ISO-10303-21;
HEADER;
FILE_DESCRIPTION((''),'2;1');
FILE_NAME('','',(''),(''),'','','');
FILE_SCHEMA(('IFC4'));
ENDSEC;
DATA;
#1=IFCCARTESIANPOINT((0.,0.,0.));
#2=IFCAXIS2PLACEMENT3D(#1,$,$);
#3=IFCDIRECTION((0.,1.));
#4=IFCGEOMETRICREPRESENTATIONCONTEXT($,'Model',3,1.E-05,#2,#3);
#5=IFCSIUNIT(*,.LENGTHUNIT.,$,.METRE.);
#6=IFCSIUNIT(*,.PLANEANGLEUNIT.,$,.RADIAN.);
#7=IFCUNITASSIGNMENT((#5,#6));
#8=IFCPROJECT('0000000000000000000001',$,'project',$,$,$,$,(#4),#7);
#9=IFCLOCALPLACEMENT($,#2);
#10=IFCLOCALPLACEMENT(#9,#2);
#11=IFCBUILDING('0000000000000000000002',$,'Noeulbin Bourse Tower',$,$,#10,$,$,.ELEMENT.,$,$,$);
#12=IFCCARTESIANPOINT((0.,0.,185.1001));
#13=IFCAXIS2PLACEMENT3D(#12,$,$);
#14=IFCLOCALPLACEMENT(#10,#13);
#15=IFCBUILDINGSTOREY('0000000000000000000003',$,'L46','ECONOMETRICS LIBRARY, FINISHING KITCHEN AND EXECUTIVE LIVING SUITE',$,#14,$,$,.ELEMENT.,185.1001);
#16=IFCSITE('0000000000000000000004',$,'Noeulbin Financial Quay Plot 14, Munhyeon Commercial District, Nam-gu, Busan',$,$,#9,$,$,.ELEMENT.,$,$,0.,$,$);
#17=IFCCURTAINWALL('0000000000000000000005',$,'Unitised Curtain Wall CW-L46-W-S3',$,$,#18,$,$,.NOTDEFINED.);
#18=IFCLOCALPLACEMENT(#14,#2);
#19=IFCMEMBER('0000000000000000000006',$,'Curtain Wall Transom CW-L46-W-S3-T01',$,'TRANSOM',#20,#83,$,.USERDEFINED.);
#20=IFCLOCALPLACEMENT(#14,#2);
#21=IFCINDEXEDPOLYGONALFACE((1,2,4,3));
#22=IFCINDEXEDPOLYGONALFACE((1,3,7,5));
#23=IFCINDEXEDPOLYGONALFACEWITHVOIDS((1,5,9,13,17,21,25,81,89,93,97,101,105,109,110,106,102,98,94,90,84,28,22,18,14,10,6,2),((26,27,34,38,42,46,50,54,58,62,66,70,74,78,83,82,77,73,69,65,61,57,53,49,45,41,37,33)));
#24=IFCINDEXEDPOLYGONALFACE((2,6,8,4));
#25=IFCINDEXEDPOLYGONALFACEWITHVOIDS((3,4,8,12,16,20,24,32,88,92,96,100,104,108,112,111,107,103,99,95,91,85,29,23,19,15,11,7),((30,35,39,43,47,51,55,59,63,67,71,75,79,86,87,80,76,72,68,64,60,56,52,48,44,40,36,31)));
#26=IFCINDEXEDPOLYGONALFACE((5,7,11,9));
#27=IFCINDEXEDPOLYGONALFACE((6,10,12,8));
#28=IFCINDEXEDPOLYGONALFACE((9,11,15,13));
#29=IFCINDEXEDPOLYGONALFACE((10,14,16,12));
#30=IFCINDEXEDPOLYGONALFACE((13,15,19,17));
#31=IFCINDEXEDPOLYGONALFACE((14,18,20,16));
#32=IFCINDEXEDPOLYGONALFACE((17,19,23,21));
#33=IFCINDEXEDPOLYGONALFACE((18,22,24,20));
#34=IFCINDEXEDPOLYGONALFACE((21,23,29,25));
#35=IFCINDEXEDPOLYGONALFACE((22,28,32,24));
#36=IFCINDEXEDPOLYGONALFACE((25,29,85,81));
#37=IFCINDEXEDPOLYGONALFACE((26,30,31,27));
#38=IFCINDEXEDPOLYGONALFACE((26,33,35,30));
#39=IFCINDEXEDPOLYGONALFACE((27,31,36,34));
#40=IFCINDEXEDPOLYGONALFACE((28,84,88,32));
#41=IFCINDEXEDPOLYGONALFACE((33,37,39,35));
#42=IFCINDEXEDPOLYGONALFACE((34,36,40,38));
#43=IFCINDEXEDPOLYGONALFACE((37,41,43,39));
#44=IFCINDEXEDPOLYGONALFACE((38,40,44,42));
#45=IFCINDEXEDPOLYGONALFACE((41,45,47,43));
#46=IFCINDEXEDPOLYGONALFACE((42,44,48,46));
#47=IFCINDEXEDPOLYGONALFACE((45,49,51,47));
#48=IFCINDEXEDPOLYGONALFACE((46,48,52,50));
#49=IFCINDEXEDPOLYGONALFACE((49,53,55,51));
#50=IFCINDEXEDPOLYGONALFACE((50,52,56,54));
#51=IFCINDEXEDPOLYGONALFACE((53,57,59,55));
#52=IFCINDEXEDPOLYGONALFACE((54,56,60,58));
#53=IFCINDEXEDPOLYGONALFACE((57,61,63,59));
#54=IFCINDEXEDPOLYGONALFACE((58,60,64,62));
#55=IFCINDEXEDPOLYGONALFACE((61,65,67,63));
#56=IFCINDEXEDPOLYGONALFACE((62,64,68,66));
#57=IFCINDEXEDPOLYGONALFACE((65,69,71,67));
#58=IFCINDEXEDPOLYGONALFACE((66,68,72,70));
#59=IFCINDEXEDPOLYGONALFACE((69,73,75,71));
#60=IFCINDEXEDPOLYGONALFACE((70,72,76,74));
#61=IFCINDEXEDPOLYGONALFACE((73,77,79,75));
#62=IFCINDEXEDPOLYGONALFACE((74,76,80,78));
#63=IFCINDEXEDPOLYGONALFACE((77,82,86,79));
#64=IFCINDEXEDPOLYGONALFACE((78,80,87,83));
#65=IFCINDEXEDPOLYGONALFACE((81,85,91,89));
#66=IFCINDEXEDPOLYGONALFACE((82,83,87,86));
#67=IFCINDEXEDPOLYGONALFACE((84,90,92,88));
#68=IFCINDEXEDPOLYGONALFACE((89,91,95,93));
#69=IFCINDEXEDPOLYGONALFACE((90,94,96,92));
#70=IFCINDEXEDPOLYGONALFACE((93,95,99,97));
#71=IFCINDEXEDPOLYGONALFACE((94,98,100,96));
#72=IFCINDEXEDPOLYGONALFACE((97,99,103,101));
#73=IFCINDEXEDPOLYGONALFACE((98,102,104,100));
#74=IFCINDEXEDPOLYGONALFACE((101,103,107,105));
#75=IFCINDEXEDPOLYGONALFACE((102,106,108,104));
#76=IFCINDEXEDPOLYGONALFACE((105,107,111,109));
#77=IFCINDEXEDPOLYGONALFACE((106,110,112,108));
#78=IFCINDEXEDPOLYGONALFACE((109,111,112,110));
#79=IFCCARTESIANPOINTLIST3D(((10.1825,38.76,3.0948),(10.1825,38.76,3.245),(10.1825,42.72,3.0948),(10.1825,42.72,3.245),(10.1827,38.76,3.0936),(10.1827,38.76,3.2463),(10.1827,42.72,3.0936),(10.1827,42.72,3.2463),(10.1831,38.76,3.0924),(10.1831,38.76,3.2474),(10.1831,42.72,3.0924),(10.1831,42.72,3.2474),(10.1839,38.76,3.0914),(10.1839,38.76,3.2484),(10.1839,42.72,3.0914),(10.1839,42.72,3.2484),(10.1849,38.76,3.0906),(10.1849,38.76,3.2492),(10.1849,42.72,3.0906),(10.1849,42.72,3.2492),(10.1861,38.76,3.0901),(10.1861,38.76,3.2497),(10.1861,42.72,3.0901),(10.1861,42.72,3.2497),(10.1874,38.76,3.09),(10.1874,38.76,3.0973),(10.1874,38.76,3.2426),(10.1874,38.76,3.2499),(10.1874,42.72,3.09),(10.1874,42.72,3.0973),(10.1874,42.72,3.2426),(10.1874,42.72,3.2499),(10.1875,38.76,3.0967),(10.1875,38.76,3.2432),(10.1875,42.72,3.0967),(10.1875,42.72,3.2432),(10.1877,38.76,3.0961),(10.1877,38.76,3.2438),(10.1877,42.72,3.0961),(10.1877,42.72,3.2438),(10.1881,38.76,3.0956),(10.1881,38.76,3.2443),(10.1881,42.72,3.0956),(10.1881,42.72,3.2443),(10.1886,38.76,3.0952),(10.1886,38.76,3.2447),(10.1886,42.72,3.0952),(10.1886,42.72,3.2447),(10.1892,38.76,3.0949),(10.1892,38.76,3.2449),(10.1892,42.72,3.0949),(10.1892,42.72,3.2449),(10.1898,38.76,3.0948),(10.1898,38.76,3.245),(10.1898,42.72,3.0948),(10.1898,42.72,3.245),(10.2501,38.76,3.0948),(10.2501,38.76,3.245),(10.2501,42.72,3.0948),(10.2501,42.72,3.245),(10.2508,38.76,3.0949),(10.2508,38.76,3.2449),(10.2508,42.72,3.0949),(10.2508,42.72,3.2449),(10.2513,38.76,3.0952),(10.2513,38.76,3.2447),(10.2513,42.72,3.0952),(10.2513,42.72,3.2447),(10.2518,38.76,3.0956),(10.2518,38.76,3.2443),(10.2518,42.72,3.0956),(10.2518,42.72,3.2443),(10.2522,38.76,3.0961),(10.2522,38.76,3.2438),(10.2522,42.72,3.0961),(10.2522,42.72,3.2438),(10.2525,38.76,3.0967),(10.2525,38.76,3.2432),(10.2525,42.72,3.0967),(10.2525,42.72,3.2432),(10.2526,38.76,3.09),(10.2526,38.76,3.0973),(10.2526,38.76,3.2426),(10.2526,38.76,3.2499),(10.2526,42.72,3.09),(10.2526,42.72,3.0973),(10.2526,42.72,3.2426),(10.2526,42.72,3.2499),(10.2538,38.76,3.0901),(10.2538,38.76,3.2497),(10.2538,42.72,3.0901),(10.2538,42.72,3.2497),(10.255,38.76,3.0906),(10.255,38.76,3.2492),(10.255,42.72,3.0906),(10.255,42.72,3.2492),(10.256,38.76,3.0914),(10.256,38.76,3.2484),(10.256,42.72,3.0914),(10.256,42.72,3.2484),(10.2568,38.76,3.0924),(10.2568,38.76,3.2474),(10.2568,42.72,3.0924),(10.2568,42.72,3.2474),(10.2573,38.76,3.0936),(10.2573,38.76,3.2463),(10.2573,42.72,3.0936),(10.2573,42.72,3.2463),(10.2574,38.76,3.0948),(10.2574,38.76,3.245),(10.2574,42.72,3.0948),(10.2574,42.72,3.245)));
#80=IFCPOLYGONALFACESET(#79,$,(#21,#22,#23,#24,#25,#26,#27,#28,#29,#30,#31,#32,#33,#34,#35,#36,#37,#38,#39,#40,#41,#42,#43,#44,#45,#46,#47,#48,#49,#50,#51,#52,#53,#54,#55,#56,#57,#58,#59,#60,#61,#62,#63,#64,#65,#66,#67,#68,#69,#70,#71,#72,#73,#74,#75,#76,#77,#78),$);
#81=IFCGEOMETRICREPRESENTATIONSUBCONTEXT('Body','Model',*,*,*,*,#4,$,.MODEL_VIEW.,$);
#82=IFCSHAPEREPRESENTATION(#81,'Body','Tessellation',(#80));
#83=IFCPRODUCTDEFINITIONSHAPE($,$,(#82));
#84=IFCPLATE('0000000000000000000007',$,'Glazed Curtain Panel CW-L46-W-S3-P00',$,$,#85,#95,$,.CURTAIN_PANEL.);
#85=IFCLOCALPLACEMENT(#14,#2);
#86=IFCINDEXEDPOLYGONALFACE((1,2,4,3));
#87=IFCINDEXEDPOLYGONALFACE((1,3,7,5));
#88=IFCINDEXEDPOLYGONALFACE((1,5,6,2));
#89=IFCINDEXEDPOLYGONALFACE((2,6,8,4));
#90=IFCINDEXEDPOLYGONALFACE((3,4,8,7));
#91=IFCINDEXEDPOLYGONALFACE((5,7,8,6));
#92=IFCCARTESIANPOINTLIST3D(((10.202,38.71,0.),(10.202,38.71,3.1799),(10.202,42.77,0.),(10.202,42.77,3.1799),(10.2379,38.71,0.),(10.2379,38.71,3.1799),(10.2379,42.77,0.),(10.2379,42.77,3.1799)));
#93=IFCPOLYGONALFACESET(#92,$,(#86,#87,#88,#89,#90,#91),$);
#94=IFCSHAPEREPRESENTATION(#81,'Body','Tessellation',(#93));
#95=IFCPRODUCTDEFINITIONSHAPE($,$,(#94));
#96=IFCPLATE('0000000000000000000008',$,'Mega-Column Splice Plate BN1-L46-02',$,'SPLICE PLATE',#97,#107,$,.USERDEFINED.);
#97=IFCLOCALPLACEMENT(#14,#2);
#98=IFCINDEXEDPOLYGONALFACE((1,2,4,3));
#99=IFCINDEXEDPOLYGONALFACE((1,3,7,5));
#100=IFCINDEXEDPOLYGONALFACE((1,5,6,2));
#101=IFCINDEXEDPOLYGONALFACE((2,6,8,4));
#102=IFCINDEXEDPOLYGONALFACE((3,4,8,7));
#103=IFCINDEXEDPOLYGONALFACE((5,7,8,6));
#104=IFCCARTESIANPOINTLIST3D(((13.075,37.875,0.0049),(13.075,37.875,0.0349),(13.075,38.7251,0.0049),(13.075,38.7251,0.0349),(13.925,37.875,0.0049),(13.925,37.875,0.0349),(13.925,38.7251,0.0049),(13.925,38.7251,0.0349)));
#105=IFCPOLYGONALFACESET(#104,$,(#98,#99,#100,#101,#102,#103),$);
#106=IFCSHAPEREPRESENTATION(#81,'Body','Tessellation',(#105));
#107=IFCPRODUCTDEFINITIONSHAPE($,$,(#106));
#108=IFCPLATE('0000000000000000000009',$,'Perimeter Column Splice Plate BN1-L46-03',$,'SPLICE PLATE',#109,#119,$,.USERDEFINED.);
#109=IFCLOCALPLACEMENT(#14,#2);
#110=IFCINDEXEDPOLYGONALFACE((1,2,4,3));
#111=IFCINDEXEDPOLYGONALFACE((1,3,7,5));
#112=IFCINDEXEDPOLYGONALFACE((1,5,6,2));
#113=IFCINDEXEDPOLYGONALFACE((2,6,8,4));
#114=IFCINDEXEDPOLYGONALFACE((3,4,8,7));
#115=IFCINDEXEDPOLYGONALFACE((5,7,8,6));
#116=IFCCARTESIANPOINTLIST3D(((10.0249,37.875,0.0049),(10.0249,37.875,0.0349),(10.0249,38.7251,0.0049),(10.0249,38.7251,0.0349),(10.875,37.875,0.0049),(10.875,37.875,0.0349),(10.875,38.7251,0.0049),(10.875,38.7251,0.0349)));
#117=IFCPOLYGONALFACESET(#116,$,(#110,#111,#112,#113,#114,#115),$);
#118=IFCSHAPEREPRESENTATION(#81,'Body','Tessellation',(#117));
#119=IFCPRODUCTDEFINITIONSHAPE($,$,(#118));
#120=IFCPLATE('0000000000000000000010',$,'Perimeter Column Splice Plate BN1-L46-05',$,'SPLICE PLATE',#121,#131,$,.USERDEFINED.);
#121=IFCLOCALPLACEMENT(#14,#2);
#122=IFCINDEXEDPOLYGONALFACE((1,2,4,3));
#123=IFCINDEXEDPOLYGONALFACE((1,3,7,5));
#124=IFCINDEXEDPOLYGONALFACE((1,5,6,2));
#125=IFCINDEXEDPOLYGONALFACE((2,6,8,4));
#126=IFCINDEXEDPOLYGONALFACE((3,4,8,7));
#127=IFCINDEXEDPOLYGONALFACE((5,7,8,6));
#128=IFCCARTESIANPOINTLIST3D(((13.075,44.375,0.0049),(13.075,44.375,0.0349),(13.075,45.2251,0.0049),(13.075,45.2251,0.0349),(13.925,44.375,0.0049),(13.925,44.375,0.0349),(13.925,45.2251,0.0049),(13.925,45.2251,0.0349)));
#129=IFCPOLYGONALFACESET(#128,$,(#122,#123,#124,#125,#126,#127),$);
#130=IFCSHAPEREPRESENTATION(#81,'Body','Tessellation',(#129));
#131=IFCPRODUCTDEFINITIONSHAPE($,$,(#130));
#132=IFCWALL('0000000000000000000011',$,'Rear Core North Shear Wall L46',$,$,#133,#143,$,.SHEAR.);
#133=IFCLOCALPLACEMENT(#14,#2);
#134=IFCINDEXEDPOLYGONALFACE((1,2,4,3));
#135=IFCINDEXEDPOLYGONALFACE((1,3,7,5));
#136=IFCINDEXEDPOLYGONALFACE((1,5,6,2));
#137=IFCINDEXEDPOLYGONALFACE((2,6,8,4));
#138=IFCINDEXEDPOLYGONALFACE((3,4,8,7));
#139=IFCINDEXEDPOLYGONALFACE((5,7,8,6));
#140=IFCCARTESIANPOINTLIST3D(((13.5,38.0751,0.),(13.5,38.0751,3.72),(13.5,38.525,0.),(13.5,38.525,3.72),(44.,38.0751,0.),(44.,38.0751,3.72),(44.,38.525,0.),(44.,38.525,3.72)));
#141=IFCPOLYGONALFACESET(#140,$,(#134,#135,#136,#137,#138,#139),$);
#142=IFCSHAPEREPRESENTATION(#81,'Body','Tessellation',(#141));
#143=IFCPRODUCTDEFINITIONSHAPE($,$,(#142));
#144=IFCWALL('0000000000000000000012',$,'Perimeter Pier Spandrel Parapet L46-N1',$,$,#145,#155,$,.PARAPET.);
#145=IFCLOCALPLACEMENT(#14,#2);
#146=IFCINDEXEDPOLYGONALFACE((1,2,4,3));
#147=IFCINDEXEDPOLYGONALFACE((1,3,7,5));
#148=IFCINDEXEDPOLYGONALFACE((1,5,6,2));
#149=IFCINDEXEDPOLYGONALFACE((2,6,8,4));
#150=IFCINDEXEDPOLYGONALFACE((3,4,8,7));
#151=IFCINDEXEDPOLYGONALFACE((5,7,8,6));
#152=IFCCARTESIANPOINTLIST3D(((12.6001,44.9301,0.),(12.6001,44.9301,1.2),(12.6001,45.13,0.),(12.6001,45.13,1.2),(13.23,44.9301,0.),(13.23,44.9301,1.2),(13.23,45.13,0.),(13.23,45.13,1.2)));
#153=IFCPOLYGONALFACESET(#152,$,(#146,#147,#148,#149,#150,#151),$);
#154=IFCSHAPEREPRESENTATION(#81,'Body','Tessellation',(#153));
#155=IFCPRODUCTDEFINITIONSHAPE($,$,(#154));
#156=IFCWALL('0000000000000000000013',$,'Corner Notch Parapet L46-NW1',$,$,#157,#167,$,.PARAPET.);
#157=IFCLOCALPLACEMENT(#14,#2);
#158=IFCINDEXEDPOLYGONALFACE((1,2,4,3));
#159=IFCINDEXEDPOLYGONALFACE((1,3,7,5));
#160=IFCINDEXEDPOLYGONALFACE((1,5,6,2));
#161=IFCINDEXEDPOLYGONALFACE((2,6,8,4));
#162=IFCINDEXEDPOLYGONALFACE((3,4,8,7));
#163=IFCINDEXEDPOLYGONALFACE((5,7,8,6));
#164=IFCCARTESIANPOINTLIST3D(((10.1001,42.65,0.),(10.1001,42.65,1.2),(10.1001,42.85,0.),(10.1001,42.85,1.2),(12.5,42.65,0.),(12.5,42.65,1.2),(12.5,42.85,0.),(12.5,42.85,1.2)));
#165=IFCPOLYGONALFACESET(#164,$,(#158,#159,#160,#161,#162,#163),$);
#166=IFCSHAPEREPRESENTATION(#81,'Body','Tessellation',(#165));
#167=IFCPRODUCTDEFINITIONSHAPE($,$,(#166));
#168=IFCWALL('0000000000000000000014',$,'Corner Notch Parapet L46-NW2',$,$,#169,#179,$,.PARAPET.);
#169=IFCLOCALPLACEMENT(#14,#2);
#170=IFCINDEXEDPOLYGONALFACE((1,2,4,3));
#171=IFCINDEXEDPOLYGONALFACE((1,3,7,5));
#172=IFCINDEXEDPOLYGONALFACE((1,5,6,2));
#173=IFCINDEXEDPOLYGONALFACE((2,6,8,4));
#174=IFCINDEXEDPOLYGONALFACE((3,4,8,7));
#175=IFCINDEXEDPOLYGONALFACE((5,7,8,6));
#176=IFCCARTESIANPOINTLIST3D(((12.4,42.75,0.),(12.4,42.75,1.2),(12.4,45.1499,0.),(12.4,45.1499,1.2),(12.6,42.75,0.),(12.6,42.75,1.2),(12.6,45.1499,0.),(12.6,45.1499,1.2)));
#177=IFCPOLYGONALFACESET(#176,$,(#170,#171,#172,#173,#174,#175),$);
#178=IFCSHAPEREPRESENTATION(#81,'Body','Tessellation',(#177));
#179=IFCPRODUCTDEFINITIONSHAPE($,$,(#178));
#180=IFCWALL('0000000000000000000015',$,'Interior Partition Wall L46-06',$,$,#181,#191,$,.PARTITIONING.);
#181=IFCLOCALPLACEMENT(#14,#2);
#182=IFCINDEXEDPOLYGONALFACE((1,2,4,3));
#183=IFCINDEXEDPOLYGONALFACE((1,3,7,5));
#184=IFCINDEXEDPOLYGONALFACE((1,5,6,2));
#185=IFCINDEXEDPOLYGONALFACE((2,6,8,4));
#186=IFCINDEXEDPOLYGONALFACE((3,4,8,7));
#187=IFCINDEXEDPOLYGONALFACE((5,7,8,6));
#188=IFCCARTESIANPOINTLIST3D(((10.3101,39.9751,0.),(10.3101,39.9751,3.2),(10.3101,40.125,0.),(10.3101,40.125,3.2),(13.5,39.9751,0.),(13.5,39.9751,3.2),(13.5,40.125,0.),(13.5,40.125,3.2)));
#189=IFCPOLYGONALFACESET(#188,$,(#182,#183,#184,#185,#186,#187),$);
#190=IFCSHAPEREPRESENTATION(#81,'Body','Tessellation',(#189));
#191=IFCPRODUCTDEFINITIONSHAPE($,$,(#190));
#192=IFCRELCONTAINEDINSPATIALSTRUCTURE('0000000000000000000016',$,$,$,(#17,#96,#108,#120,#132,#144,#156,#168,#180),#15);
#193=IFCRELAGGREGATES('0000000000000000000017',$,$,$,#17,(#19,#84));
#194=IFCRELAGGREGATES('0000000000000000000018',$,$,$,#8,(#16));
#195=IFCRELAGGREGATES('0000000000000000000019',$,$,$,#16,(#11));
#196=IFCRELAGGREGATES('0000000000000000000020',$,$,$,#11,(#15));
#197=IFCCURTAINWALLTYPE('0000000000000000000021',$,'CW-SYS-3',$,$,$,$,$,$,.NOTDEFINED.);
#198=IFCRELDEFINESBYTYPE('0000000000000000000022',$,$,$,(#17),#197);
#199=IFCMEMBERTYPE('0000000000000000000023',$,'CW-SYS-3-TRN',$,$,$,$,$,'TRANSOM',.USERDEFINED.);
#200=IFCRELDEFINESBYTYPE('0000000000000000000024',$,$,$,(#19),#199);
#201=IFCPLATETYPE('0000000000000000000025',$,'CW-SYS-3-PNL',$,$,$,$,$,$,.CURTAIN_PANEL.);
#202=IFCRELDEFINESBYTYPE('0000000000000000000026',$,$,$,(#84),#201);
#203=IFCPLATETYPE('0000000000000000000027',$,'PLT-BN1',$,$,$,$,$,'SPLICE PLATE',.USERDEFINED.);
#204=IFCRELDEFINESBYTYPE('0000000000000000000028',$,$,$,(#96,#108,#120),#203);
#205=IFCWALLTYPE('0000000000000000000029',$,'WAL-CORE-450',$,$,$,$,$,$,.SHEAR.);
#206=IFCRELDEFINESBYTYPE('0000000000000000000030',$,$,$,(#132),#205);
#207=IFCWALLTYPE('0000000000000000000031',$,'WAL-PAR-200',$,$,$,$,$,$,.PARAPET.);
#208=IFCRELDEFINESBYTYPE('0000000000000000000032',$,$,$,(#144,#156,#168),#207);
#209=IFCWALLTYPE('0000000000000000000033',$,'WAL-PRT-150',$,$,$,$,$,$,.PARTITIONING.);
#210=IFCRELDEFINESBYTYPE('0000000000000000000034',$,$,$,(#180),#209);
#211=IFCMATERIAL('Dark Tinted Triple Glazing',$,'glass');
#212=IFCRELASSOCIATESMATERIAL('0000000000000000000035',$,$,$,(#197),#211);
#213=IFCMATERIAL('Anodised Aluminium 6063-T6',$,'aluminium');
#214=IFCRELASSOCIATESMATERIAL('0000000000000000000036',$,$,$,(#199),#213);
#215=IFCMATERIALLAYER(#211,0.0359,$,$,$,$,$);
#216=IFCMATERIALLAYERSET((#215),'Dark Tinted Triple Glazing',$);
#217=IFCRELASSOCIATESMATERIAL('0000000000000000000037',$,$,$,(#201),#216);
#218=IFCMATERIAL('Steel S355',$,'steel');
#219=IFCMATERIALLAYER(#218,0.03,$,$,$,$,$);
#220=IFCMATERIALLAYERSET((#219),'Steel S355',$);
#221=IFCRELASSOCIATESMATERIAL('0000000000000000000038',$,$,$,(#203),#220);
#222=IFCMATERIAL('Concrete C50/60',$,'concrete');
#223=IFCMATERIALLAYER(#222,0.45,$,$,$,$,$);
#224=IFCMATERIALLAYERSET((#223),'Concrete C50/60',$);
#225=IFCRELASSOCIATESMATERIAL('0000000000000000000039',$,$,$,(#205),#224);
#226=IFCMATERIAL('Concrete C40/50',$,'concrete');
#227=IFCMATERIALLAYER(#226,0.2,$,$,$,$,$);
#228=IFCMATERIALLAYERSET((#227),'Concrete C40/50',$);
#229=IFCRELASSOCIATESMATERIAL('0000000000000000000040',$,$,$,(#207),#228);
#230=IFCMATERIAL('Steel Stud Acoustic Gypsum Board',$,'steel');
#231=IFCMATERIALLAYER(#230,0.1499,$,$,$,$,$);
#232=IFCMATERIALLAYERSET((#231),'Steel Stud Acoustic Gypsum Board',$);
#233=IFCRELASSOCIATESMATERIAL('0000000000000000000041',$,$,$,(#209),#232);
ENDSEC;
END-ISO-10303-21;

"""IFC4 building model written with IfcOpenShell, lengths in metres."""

from ifc_helpers import new_model, si_unit, direction, frame, frame_2d, origin, origin_2d, place, context, subcontext, project, spatial, rectangle, hollow_rectangle, extrude, material, layer, layer_set, material_profile, profile_set, type_object, element, aggregate, save


model = new_model("IFC4")

# Units and contexts
model_context = context("Model", 3, precision=1e-05, world=origin(), true_north=direction((0.0, 1.0)))
body_context = subcontext(model_context, "Body", "Model", "MODEL_VIEW")
ifc_project = project(units=[si_unit("LENGTHUNIT", "METRE"), si_unit("PLANEANGLEUNIT", "RADIAN")], contexts=[model_context])

# Site, building, storey
site_placement = place(None, origin())
site = spatial("IfcSite", under=ifc_project, at=site_placement, Name="Noeulbin Financial Quay Plot 14, Munhyeon Commercial District, Nam-gu, Busan", CompositionType="ELEMENT", RefElevation=0.0)
building_placement = place(site_placement, origin())
building = spatial("IfcBuilding", under=site, at=building_placement, Name="Noeulbin Bourse Tower", CompositionType="ELEMENT")
storey_placement = place(building_placement, frame((0.0, 0.0, 185.1001)))
storey = spatial("IfcBuildingStorey", under=building, at=storey_placement, Name="L46", Description="ECONOMETRICS LIBRARY, FINISHING KITCHEN AND EXECUTIVE LIVING SUITE", CompositionType="ELEMENT", Elevation=185.1001)

# Shared definitions
ifc_material_1 = material(Name="Steel S355", Category="steel")

# Shared definitions
ifc_material_2 = material(Name="Dark Tinted Triple Glazing", Category="glass")
curtain_wall_type = type_object("IfcCurtainWallType", Name="CW-SYS-3", PredefinedType="NOTDEFINED", material=ifc_material_2)
ifc_material_3 = material(Name="Anodised Aluminium 6063-T6", Category="aluminium")

# Curtain wall
curtain_wall_1_placement = place(storey_placement, origin())
curtain_wall_1 = element("IfcCurtainWall", 1, at=curtain_wall_1_placement, inside=storey, type_object=curtain_wall_type, Name="Unitised Curtain Wall CW-L46-W-S3", PredefinedType="NOTDEFINED")

# Member
ifc_material_profile_1 = material_profile(ifc_material_3, hollow_rectangle(XDim=0.075, YDim=0.1599, WallThickness=0.0049, InnerFilletRadius=0.0024, OuterFilletRadius=0.0049, at=origin_2d()), Name="ALU-TRAN-75x160x5", Category="LoadBearing")
ifc_profile_set_1 = profile_set([ifc_material_profile_1], Name="Anodised Aluminium 6063-T6")
member_type_1 = type_object("IfcMemberType", Name="CW-SYS-3-TRN", ElementType="TRANSOM", PredefinedType="USERDEFINED", material=ifc_profile_set_1)
member_1_placement = place(storey_placement, frame((10.22, 38.76, 3.1699), z_axis=(0.0, 1.0, 0.0), x_axis=(-1.0, 0.0, 0.0)))
member_1 = element("IfcMember", 2, at=member_1_placement, type_object=member_type_1, Name="Curtain Wall Transom CW-L46-W-S3-T01", ObjectType="TRANSOM", PredefinedType="USERDEFINED", context=body_context, shape_type="SweptSolid", body=[
    extrude(hollow_rectangle(XDim=0.075, YDim=0.1599, WallThickness=0.0049, InnerFilletRadius=0.0024, OuterFilletRadius=0.0049, at=origin_2d()), origin(), (0.0, 0.0, 1.0), 3.96),
])

# Plate
ifc_layer_1 = layer(ifc_material_2, 0.0359)
ifc_layer_set_1 = layer_set([ifc_layer_1], Name="Dark Tinted Triple Glazing")
plate_type_1 = type_object("IfcPlateType", Name="CW-SYS-3-PNL", PredefinedType="CURTAIN_PANEL", material=ifc_layer_set_1)
plate_placement = place(storey_placement, frame((10.22, 40.74, 0.0), z_axis=(0.0, 0.0, 1.0), x_axis=(0.0, 1.0, 0.0)))
plate = element("IfcPlate", 3, at=plate_placement, type_object=plate_type_1, Name="Glazed Curtain Panel CW-L46-W-S3-P00", PredefinedType="CURTAIN_PANEL", context=body_context, shape_type="SweptSolid", body=[
    extrude(rectangle(XDim=4.0601, YDim=0.0359, at=origin_2d()), origin(), (0.0, 0.0, 1.0), 3.1799),
])
aggregate(curtain_wall_1, [member_1, plate])

# Plates
ifc_layer_2 = layer(ifc_material_1, 0.03)
ifc_layer_set_2 = layer_set([ifc_layer_2], Name="Steel S355")
plate_type_2 = type_object("IfcPlateType", Name="PLT-BN1", ElementType="SPLICE PLATE", PredefinedType="USERDEFINED", material=ifc_layer_set_2)
for number, where, z_axis, x_axis, name in (
    (4, (13.5, 38.3, 0.0049), (0.0, 0.0, 1.0), (1.0, 0.0, 0.0), "Mega-Column Splice Plate BN1-L46-02"),
    (5, (10.45, 38.3, 0.0049), (0.0, 0.0, 1.0), (1.0, 0.0, 0.0), "Perimeter Column Splice Plate BN1-L46-03"),
    (6, (13.5, 44.8, 0.0049), (0.0, 0.0, 1.0), (1.0, 0.0, 0.0), "Perimeter Column Splice Plate BN1-L46-05"),
):
    element("IfcPlate", number, at=place(storey_placement, frame(where, z_axis=z_axis, x_axis=x_axis)), inside=storey, type_object=plate_type_2, Name=name, ObjectType="SPLICE PLATE", PredefinedType="USERDEFINED", context=body_context, shape_type="SweptSolid", body=[
        extrude(rectangle(XDim=0.8501, YDim=0.8501, at=origin_2d()), origin(), (0.0, 0.0, 1.0), 0.03),
    ])

# Walls
ifc_material_4 = material(Name="Concrete C50/60", Category="concrete")
ifc_layer_3 = layer(ifc_material_4, 0.45)
ifc_layer_set_3 = layer_set([ifc_layer_3], Name="Concrete C50/60")
wall_type_1 = type_object("IfcWallType", Name="WAL-CORE-450", PredefinedType="SHEAR", material=ifc_layer_set_3)
wall_1_placement = place(storey_placement, frame((13.5, 38.3, 0.0), z_axis=(0.0, 0.0, 1.0), x_axis=(1.0, 0.0, 0.0)))
element("IfcWall", 7, at=wall_1_placement, inside=storey, type_object=wall_type_1, Name="Rear Core North Shear Wall L46", PredefinedType="SHEAR", context=body_context, shape_type="SweptSolid", body=[
    extrude(rectangle(XDim=30.5, YDim=0.45, at=frame_2d((15.25, 0.0))), origin(), (0.0, 0.0, 1.0), 3.72),
])
ifc_material_5 = material(Name="Concrete C40/50", Category="concrete")
ifc_layer_4 = layer(ifc_material_5, 0.2)
ifc_layer_set_4 = layer_set([ifc_layer_4], Name="Concrete C40/50")
wall_type_2 = type_object("IfcWallType", Name="WAL-PAR-200", PredefinedType="PARAPET", material=ifc_layer_set_4)
wall_2_placement = place(storey_placement, frame((12.6001, 45.03, 0.0), z_axis=(0.0, 0.0, 1.0), x_axis=(1.0, 0.0, 0.0)))
element("IfcWall", 8, at=wall_2_placement, inside=storey, type_object=wall_type_2, Name="Perimeter Pier Spandrel Parapet L46-N1", PredefinedType="PARAPET", context=body_context, shape_type="SweptSolid", body=[
    extrude(rectangle(XDim=0.6299, YDim=0.2, at=frame_2d((0.3149, 0.0))), origin(), (0.0, 0.0, 1.0), 1.2),
])
for number, where, z_axis, x_axis, name in (
    (9, (10.1001, 42.75, 0.0), (0.0, 0.0, 1.0), (1.0, 0.0, 0.0), "Corner Notch Parapet L46-NW1"),
    (10, (12.5, 42.75, 0.0), (0.0, 0.0, 1.0), (0.0, 1.0, 0.0), "Corner Notch Parapet L46-NW2"),
):
    element("IfcWall", number, at=place(storey_placement, frame(where, z_axis=z_axis, x_axis=x_axis)), inside=storey, type_object=wall_type_2, Name=name, PredefinedType="PARAPET", context=body_context, shape_type="SweptSolid", body=[
        extrude(rectangle(XDim=2.3999, YDim=0.2, at=frame_2d((1.2, 0.0))), origin(), (0.0, 0.0, 1.0), 1.2),
    ])
ifc_material_6 = material(Name="Steel Stud Acoustic Gypsum Board", Category="steel")
ifc_layer_5 = layer(ifc_material_6, 0.1499)
ifc_layer_set_5 = layer_set([ifc_layer_5], Name="Steel Stud Acoustic Gypsum Board")
wall_type_3 = type_object("IfcWallType", Name="WAL-PRT-150", PredefinedType="PARTITIONING", material=ifc_layer_set_5)
wall_3_placement = place(storey_placement, frame((10.3101, 40.05, 0.0), z_axis=(0.0, 0.0, 1.0), x_axis=(1.0, 0.0, 0.0)))
element("IfcWall", 11, at=wall_3_placement, inside=storey, type_object=wall_type_3, Name="Interior Partition Wall L46-06", PredefinedType="PARTITIONING", context=body_context, shape_type="SweptSolid", body=[
    extrude(rectangle(XDim=3.1899, YDim=0.1499, at=frame_2d((1.595, 0.0))), origin(), (0.0, 0.0, 1.0), 3.2),
])

save(model, "model.ifc")
